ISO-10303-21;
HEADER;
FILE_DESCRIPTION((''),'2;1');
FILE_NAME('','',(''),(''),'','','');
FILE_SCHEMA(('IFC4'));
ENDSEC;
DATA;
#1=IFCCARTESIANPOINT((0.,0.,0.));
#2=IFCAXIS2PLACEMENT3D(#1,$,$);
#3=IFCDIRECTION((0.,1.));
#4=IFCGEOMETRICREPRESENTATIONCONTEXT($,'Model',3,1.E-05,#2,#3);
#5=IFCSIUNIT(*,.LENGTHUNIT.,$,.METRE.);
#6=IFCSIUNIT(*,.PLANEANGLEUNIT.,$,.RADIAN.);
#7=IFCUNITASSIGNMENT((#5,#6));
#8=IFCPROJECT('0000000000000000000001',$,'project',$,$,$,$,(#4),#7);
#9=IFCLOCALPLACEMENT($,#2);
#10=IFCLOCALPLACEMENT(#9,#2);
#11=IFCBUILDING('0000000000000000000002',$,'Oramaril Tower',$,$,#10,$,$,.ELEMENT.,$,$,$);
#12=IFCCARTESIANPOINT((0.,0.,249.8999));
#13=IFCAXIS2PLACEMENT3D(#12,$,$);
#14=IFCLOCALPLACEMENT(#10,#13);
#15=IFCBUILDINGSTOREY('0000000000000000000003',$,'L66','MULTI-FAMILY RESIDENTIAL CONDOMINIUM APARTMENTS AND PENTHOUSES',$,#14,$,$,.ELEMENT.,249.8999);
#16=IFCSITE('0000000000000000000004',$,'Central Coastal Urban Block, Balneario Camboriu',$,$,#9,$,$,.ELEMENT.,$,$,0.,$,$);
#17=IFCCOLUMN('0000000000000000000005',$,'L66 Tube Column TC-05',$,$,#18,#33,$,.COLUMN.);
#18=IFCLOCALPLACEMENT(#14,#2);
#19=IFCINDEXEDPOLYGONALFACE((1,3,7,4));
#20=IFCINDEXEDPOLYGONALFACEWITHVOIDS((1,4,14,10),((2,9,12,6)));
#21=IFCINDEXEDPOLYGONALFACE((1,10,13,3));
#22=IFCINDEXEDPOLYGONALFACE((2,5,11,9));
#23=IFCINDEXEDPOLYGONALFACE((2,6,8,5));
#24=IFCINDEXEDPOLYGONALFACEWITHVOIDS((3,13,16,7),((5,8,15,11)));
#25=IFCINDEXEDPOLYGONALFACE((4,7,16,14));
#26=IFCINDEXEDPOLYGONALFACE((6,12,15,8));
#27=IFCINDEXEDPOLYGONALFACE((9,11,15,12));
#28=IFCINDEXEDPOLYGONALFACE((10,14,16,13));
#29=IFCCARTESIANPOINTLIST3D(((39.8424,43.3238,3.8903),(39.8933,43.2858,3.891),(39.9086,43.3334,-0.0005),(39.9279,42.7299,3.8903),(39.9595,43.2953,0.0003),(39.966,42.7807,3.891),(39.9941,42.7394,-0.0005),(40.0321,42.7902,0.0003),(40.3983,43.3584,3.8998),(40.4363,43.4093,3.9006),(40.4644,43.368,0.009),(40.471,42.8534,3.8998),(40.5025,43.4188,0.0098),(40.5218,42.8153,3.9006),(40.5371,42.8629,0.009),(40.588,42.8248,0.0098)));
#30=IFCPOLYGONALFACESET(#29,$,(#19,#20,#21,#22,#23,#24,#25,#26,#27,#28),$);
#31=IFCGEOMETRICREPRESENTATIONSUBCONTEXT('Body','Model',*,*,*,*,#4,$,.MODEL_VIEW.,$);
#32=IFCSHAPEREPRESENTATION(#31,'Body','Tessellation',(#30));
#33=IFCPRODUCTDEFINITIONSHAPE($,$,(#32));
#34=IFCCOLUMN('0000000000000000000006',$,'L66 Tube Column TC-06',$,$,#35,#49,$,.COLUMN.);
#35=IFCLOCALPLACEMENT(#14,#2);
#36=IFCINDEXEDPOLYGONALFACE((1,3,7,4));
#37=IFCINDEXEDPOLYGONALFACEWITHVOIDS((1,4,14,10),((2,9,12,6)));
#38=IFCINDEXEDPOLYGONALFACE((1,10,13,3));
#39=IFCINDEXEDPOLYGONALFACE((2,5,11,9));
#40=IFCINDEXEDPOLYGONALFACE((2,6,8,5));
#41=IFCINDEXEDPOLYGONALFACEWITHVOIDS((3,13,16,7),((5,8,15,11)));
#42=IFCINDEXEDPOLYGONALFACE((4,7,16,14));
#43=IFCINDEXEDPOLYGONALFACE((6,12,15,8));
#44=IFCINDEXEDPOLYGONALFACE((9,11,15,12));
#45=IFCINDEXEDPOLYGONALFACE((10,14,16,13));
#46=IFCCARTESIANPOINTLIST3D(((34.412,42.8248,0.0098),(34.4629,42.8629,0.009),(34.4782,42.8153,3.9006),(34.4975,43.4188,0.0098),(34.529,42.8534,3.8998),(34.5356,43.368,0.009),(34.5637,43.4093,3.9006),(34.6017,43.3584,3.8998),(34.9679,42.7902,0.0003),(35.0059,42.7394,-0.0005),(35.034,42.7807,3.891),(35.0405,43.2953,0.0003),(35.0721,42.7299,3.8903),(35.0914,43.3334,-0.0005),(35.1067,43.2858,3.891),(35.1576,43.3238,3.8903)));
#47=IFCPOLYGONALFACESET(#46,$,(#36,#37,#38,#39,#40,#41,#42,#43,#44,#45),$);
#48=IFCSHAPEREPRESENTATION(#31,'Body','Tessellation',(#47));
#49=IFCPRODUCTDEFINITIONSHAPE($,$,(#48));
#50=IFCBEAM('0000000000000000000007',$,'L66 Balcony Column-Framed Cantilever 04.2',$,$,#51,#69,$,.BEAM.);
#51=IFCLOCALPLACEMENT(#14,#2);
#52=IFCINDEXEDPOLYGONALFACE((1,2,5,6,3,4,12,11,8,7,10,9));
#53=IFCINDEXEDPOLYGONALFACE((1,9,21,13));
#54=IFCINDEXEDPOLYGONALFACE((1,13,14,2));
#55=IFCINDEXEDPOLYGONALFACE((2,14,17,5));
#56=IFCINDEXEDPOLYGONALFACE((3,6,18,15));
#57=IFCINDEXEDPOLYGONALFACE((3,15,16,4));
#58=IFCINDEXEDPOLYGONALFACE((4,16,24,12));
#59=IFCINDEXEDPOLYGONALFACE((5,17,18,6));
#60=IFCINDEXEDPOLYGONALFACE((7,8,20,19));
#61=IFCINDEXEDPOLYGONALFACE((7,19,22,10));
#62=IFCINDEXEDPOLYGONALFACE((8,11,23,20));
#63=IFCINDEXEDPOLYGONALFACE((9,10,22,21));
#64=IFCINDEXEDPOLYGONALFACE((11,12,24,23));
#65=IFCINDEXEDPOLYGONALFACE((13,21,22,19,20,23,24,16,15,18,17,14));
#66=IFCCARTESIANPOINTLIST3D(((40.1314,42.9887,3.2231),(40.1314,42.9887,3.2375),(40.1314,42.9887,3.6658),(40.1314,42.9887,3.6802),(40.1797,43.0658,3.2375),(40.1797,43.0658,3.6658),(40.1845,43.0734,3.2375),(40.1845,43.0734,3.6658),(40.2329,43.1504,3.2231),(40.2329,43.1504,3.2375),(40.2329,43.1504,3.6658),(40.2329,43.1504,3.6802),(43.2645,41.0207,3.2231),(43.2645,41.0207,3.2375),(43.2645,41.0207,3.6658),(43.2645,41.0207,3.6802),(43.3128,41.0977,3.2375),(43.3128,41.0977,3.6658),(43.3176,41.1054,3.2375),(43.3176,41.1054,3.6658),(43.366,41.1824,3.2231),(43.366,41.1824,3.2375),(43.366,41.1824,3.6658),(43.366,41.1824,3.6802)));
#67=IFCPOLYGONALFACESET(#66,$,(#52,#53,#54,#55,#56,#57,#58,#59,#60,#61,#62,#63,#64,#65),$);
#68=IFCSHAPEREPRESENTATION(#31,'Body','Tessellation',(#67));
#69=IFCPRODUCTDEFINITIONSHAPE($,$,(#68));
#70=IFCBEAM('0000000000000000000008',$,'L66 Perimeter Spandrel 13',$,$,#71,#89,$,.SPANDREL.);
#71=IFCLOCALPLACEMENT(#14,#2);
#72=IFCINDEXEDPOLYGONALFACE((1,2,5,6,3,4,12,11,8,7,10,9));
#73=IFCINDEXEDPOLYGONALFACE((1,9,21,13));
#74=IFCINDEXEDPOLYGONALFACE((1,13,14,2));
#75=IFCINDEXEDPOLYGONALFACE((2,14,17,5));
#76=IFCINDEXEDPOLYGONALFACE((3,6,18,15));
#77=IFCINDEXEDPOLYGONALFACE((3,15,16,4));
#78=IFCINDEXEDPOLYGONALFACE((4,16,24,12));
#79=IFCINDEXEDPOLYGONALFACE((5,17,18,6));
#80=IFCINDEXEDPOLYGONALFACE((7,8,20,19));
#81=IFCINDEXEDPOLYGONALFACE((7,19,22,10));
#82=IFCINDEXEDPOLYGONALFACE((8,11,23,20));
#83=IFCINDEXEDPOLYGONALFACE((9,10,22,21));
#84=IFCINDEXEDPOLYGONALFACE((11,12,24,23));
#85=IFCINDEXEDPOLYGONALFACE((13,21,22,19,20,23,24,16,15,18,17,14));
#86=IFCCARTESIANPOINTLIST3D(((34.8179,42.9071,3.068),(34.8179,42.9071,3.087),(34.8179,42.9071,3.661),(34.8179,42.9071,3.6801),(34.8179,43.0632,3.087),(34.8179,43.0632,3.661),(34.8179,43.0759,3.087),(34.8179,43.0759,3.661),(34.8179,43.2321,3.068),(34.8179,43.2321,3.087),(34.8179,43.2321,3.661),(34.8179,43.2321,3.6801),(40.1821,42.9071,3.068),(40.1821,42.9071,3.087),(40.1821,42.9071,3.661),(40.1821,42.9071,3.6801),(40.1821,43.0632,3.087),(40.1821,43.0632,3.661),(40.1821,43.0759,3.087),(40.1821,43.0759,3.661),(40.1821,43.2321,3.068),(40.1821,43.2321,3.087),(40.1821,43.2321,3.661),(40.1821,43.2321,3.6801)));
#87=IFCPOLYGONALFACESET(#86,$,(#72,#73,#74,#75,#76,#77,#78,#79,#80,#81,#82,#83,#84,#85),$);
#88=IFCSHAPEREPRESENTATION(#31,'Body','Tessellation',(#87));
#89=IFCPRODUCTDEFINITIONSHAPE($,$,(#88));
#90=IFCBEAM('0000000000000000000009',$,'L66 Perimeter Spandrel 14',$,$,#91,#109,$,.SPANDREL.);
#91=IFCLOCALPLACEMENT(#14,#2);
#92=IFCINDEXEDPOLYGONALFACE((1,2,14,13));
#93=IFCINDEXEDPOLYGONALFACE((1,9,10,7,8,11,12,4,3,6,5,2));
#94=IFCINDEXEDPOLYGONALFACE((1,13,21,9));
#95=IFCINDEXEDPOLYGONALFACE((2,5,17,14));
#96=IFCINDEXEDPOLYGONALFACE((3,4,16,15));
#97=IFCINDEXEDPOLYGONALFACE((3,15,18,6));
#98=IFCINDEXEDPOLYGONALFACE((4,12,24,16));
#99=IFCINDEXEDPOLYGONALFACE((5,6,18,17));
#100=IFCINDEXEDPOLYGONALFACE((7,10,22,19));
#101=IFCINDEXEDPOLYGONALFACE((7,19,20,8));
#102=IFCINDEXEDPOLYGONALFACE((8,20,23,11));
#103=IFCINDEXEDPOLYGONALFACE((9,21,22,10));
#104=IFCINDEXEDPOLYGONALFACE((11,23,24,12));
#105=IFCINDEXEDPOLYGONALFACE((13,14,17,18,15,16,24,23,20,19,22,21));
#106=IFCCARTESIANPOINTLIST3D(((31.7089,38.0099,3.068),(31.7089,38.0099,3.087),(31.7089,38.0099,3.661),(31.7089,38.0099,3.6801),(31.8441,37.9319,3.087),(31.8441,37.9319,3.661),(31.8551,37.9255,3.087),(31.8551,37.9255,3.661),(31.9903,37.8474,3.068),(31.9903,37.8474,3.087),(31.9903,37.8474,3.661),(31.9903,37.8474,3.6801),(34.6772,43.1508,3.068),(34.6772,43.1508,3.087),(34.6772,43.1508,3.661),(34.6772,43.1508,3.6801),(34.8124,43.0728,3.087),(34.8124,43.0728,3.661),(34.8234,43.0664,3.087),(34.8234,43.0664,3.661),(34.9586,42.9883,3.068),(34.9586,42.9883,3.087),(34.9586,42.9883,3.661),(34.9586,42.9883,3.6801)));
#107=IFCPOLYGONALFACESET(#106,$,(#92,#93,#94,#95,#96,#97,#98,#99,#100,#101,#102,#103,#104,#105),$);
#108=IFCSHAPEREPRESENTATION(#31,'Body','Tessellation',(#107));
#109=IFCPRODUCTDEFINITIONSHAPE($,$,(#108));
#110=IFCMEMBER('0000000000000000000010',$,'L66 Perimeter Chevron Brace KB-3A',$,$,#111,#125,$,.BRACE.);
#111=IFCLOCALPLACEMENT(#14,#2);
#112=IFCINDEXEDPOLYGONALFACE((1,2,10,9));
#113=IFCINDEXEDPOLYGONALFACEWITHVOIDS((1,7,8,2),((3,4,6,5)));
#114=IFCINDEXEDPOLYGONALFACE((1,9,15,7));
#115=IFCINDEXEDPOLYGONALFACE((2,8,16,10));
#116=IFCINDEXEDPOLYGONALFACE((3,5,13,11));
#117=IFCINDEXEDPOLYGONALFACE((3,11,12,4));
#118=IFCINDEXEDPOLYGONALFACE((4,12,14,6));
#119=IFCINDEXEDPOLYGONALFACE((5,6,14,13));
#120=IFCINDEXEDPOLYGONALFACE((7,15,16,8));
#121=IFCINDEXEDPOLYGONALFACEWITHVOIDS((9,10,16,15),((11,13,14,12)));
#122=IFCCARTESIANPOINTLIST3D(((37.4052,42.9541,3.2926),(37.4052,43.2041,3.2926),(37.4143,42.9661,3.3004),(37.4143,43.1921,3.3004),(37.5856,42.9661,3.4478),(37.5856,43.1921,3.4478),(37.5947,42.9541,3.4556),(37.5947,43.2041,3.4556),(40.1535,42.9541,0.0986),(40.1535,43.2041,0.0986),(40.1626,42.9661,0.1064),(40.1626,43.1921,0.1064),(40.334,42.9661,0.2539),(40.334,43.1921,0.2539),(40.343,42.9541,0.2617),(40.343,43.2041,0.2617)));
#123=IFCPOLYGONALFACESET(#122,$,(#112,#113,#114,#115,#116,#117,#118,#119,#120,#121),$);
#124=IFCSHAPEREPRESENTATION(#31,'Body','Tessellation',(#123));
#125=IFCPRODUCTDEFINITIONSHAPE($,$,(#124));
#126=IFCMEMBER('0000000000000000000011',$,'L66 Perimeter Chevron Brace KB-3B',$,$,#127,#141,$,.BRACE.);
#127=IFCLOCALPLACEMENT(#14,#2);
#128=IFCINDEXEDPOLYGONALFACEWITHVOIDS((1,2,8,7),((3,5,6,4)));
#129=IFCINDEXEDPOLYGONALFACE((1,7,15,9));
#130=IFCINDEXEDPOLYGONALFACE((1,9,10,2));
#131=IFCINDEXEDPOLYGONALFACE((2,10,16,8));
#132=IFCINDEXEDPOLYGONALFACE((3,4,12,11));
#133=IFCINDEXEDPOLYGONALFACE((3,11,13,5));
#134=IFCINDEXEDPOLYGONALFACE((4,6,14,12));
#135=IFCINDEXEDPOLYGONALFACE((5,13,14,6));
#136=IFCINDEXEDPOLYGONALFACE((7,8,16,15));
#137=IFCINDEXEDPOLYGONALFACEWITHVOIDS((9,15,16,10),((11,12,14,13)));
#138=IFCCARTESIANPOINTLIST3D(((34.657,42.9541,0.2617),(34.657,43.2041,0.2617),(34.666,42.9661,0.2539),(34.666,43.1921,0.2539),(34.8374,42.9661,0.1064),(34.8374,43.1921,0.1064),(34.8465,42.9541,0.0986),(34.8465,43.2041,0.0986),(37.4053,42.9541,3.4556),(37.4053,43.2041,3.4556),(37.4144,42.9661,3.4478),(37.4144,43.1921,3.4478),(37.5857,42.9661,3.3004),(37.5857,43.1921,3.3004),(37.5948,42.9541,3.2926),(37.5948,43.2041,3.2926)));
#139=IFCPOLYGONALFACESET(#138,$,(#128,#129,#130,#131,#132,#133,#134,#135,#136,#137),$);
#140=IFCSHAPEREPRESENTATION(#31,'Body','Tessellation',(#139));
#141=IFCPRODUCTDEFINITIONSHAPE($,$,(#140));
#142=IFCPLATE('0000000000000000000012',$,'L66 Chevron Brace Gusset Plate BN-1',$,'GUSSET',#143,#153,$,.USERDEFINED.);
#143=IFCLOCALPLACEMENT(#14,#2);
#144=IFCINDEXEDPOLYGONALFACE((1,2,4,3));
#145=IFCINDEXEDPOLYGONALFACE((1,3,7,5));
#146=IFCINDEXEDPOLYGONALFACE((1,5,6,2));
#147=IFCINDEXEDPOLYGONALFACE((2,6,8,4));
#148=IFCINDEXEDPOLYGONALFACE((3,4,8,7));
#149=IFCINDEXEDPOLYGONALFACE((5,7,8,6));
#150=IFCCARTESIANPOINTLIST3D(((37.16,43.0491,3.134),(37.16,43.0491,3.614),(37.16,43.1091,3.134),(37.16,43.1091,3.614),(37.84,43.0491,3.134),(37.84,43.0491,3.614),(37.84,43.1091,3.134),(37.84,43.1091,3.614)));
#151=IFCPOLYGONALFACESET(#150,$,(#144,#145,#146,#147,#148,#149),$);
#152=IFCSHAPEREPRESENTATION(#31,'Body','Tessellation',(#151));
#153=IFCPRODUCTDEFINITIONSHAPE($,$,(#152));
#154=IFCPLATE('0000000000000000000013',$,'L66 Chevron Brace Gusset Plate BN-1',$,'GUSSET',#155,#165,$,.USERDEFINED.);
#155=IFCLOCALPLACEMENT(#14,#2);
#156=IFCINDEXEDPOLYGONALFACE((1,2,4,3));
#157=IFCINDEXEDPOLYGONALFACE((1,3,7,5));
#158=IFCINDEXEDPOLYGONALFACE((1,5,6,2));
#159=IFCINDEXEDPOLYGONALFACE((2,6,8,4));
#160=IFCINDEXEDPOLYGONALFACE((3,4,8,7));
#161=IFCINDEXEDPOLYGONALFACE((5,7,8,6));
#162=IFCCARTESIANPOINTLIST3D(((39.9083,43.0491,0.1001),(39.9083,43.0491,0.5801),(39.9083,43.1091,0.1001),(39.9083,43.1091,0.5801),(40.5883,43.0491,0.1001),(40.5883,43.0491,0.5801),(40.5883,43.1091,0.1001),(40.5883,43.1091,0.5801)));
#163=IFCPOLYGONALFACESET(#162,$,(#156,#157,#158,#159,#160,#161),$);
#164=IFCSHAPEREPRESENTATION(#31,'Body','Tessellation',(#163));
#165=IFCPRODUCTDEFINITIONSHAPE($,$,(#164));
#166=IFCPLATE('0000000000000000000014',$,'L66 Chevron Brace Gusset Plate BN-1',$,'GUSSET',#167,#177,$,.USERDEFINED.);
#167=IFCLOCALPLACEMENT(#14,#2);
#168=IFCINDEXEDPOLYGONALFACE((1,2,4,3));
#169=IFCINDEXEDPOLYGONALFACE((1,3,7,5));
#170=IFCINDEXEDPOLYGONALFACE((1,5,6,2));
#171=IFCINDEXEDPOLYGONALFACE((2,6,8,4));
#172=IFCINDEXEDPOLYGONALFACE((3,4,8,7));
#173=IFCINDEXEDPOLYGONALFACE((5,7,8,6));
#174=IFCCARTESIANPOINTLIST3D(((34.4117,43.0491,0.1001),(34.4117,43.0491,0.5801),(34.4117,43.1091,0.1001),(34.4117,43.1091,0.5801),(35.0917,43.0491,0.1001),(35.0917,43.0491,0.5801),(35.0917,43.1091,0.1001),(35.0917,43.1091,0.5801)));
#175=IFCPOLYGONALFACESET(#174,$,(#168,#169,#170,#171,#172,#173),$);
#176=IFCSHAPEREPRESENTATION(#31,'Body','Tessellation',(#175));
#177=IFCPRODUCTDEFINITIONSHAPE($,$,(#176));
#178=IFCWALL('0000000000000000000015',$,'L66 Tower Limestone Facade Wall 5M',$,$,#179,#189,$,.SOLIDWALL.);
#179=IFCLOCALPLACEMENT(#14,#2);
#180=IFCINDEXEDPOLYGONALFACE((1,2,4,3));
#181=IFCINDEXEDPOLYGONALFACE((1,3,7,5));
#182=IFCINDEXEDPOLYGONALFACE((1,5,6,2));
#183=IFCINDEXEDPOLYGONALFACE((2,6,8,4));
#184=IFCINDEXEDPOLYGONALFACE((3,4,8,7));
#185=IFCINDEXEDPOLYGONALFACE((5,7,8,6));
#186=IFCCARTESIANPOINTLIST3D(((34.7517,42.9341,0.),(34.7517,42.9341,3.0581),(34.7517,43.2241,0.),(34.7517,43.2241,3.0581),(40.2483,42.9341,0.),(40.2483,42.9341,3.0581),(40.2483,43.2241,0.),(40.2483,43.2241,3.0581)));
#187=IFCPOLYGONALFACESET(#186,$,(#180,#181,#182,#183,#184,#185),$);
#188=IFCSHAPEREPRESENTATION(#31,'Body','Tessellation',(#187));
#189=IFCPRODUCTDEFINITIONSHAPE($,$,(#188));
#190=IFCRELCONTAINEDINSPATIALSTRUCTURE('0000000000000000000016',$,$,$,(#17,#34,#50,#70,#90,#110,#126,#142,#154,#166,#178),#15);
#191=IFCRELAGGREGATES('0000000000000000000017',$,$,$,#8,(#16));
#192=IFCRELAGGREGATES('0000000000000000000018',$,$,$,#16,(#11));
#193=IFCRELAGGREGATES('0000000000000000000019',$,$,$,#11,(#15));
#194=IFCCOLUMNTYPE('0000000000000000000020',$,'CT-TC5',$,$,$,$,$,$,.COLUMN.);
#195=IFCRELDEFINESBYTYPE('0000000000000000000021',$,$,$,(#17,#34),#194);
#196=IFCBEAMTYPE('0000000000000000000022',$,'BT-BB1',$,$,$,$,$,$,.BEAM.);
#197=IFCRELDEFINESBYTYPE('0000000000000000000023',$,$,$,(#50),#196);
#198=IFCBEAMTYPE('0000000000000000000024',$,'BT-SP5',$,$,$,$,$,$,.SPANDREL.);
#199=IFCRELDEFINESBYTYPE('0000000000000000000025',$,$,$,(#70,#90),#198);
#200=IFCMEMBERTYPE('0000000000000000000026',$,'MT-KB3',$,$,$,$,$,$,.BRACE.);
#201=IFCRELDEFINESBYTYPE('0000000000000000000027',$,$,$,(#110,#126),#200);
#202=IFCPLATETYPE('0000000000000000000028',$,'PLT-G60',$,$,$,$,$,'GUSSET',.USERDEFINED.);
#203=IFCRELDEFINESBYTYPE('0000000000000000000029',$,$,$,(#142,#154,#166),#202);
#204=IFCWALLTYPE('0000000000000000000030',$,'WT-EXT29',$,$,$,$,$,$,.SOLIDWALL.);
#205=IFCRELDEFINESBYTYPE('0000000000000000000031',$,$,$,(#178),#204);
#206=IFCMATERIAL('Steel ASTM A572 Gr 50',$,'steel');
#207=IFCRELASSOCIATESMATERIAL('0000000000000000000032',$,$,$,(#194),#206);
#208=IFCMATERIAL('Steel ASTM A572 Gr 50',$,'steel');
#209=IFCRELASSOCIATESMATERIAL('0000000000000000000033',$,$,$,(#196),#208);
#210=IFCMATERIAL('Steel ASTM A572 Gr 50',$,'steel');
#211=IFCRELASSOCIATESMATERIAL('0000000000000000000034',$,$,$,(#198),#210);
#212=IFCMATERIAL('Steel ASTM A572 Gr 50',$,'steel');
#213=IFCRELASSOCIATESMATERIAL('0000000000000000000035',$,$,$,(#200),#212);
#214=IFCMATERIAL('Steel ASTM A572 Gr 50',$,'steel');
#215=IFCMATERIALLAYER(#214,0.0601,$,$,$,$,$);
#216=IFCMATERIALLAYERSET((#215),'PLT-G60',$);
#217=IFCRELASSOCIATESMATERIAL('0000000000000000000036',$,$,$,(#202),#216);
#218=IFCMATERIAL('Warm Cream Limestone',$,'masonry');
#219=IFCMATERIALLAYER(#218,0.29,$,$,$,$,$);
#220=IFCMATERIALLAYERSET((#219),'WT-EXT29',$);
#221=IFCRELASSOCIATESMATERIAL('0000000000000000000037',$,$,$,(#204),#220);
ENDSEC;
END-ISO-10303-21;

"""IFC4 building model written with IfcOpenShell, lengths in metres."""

from ifc_helpers import new_model, si_unit, direction, frame, frame_2d, origin, origin_2d, place, context, subcontext, project, spatial, rectangle, hollow_rectangle, i_section, extrude, material, layer, layer_set, material_profile, profile_set, type_object, element, save


model = new_model("IFC4")

# Units and contexts
model_context = context("Model", 3, precision=1e-05, world=origin(), true_north=direction((0.0, 1.0)))
body_context = subcontext(model_context, "Body", "Model", "MODEL_VIEW")
ifc_project = project(units=[si_unit("LENGTHUNIT", "METRE"), si_unit("PLANEANGLEUNIT", "RADIAN")], contexts=[model_context])

# Site, building, storey
site_placement = place(None, origin())
site = spatial("IfcSite", under=ifc_project, at=site_placement, Name="Central Coastal Urban Block, Balneario Camboriu", CompositionType="ELEMENT", RefElevation=0.0)
building_placement = place(site_placement, origin())
building = spatial("IfcBuilding", under=site, at=building_placement, Name="Oramaril Tower", CompositionType="ELEMENT")
storey_placement = place(building_placement, frame((0.0, 0.0, 249.8999)))
storey = spatial("IfcBuildingStorey", under=building, at=storey_placement, Name="L66", Description="MULTI-FAMILY RESIDENTIAL CONDOMINIUM APARTMENTS AND PENTHOUSES", CompositionType="ELEMENT", Elevation=249.8999)

# Columns
ifc_material_1 = material(Name="Steel ASTM A572 Gr 50", Category="steel")
ifc_material_profile_1 = material_profile(ifc_material_1, hollow_rectangle(XDim=0.6001, YDim=0.6001, WallThickness=0.0449, at=origin_2d()), Name="BOX600X600X45")
ifc_profile_set_1 = profile_set([ifc_material_profile_1], Name="Steel ASTM A572 Gr 50")
column_type = type_object("IfcColumnType", Name="CT-TC5", PredefinedType="COLUMN", material=ifc_profile_set_1)
for number, where, z_axis, x_axis, name in (
    (1, (40.2483, 43.0791, 0.0046), (-0.017002, -0.002447, 0.999852), (0.142444, -0.989803, 0.0), "L66 Tube Column TC-05"),
    (2, (34.7517, 43.0791, 0.0046), (0.017002, -0.002447, 0.999852), (0.142444, 0.989803, 0.0), "L66 Tube Column TC-06"),
):
    element("IfcColumn", number, at=place(storey_placement, frame(where, z_axis=z_axis, x_axis=x_axis)), inside=storey, type_object=column_type, Name=name, PredefinedType="COLUMN", context=body_context, shape_type="SweptSolid", body=[
        extrude(hollow_rectangle(XDim=0.6001, YDim=0.6001, WallThickness=0.0449, at=origin_2d()), origin(), (0.0, 0.0, 1.0), 3.8914),
    ])

# Beams
ifc_material_2 = material(Name="Steel ASTM A572 Gr 50", Category="steel")
ifc_material_profile_2 = material_profile(ifc_material_2, i_section(OverallWidth=0.1909, OverallDepth=0.457, WebThickness=0.009, FlangeThickness=0.0144, at=origin_2d()), Name="W18X50")
ifc_profile_set_2 = profile_set([ifc_material_profile_2], Name="Steel ASTM A572 Gr 50")
beam_type_1 = type_object("IfcBeamType", Name="BT-BB1", PredefinedType="BEAM", material=ifc_profile_set_2)
beam_1_placement = place(storey_placement, frame((40.1821, 43.0696, 3.4517), z_axis=(0.846799, -0.531913, 0.0), x_axis=(0.531913, 0.846799, 0.0)))
element("IfcBeam", 3, at=beam_1_placement, inside=storey, type_object=beam_type_1, Name="L66 Balcony Column-Framed Cantilever 04.2", PredefinedType="BEAM", context=body_context, shape_type="SweptSolid", body=[
    extrude(i_section(OverallWidth=0.1909, OverallDepth=0.457, WebThickness=0.009, FlangeThickness=0.0144, at=origin_2d()), origin(), (0.0, 0.0, 1.0), 3.7),
])
ifc_material_3 = material(Name="Steel ASTM A572 Gr 50", Category="steel")
ifc_material_profile_3 = material_profile(ifc_material_3, i_section(OverallWidth=0.325, OverallDepth=0.6121, WebThickness=0.0127, FlangeThickness=0.019, at=origin_2d()), Name="W24X104")
ifc_profile_set_3 = profile_set([ifc_material_profile_3], Name="Steel ASTM A572 Gr 50")
beam_type_2 = type_object("IfcBeamType", Name="BT-SP5", PredefinedType="SPANDREL", material=ifc_profile_set_3)
beam_2_placement = place(storey_placement, frame((40.1821, 43.0696, 3.374), z_axis=(-1.0, 0.0, 0.0), x_axis=(0.0, -1.0, 0.0)))
element("IfcBeam", 4, at=beam_2_placement, inside=storey, type_object=beam_type_2, Name="L66 Perimeter Spandrel 13", PredefinedType="SPANDREL", context=body_context, shape_type="SweptSolid", body=[
    extrude(i_section(OverallWidth=0.325, OverallDepth=0.6121, WebThickness=0.0127, FlangeThickness=0.019, at=origin_2d()), origin(), (0.0, 0.0, 1.0), 5.3643),
])
beam_3_placement = place(storey_placement, frame((34.8179, 43.0696, 3.374), z_axis=(-0.500023, -0.866012, 0.0), x_axis=(0.866012, -0.500023, 0.0)))
element("IfcBeam", 5, at=beam_3_placement, inside=storey, type_object=beam_type_2, Name="L66 Perimeter Spandrel 14", PredefinedType="SPANDREL", context=body_context, shape_type="SweptSolid", body=[
    extrude(i_section(OverallWidth=0.325, OverallDepth=0.6121, WebThickness=0.0127, FlangeThickness=0.019, at=origin_2d()), origin(), (0.0, 0.0, 1.0), 5.9363),
])

# Members
ifc_material_4 = material(Name="Steel ASTM A572 Gr 50", Category="steel")
ifc_material_profile_4 = material_profile(ifc_material_4, hollow_rectangle(XDim=0.25, YDim=0.25, WallThickness=0.012, at=origin_2d()), Name="HSS250X250X12")
ifc_profile_set_4 = profile_set([ifc_material_profile_4], Name="Steel ASTM A572 Gr 50")
member_type = type_object("IfcMemberType", Name="MT-KB3", PredefinedType="BRACE", material=ifc_profile_set_4)
for number, where, z_axis, x_axis, name in (
    (6, (40.2483, 43.0791, 0.1802), (-0.652255, 0.0, 0.758), (0.0, -1.0, 0.0), "L66 Perimeter Chevron Brace KB-3A"),
    (7, (34.7517, 43.0791, 0.1802), (0.652255, 0.0, 0.758), (0.0, 1.0, 0.0), "L66 Perimeter Chevron Brace KB-3B"),
):
    element("IfcMember", number, at=place(storey_placement, frame(where, z_axis=z_axis, x_axis=x_axis)), inside=storey, type_object=member_type, Name=name, PredefinedType="BRACE", context=body_context, shape_type="SweptSolid", body=[
        extrude(hollow_rectangle(XDim=0.25, YDim=0.25, WallThickness=0.012, at=origin_2d()), origin(), (0.0, 0.0, 1.0), 4.2136),
    ])

# Plates
ifc_material_5 = material(Name="Steel ASTM A572 Gr 50", Category="steel")
ifc_layer_1 = layer(ifc_material_5, 0.0601)
ifc_layer_set_1 = layer_set([ifc_layer_1], Name="PLT-G60")
plate_type = type_object("IfcPlateType", Name="PLT-G60", ElementType="GUSSET", PredefinedType="USERDEFINED", material=ifc_layer_set_1)
for number, where, z_axis, x_axis, name in (
    (8, (37.5, 43.0791, 3.134), (0.0, 0.0, 1.0), (-1.0, 0.0, 0.0), "L66 Chevron Brace Gusset Plate BN-1"),
    (9, (40.2483, 43.0791, 0.1001), (0.0, 0.0, 1.0), (-1.0, 0.0, 0.0), "L66 Chevron Brace Gusset Plate BN-1"),
    (10, (34.7517, 43.0791, 0.1001), (0.0, 0.0, 1.0), (-1.0, 0.0, 0.0), "L66 Chevron Brace Gusset Plate BN-1"),
):
    element("IfcPlate", number, at=place(storey_placement, frame(where, z_axis=z_axis, x_axis=x_axis)), inside=storey, type_object=plate_type, Name=name, ObjectType="GUSSET", PredefinedType="USERDEFINED", context=body_context, shape_type="SweptSolid", body=[
        extrude(rectangle(XDim=0.6799, YDim=0.0601, at=origin_2d()), origin(), (0.0, 0.0, 1.0), 0.48),
    ])

# Wall
ifc_material_6 = material(Name="Warm Cream Limestone", Category="masonry")
ifc_layer_2 = layer(ifc_material_6, 0.29)
ifc_layer_set_2 = layer_set([ifc_layer_2], Name="WT-EXT29")
wall_type = type_object("IfcWallType", Name="WT-EXT29", PredefinedType="SOLIDWALL", material=ifc_layer_set_2)
wall_1_placement = place(storey_placement, frame((40.2483, 43.0791, 0.0), z_axis=(0.0, 0.0, 1.0), x_axis=(-1.0, 0.0, 0.0)))
element("IfcWall", 11, at=wall_1_placement, inside=storey, type_object=wall_type, Name="L66 Tower Limestone Facade Wall 5M", PredefinedType="SOLIDWALL", context=body_context, shape_type="SweptSolid", body=[
    extrude(rectangle(XDim=5.4966, YDim=0.29, at=frame_2d((2.7483, 0.0))), origin(), (0.0, 0.0, 1.0), 3.0581),
])

save(model, "model.ifc")
